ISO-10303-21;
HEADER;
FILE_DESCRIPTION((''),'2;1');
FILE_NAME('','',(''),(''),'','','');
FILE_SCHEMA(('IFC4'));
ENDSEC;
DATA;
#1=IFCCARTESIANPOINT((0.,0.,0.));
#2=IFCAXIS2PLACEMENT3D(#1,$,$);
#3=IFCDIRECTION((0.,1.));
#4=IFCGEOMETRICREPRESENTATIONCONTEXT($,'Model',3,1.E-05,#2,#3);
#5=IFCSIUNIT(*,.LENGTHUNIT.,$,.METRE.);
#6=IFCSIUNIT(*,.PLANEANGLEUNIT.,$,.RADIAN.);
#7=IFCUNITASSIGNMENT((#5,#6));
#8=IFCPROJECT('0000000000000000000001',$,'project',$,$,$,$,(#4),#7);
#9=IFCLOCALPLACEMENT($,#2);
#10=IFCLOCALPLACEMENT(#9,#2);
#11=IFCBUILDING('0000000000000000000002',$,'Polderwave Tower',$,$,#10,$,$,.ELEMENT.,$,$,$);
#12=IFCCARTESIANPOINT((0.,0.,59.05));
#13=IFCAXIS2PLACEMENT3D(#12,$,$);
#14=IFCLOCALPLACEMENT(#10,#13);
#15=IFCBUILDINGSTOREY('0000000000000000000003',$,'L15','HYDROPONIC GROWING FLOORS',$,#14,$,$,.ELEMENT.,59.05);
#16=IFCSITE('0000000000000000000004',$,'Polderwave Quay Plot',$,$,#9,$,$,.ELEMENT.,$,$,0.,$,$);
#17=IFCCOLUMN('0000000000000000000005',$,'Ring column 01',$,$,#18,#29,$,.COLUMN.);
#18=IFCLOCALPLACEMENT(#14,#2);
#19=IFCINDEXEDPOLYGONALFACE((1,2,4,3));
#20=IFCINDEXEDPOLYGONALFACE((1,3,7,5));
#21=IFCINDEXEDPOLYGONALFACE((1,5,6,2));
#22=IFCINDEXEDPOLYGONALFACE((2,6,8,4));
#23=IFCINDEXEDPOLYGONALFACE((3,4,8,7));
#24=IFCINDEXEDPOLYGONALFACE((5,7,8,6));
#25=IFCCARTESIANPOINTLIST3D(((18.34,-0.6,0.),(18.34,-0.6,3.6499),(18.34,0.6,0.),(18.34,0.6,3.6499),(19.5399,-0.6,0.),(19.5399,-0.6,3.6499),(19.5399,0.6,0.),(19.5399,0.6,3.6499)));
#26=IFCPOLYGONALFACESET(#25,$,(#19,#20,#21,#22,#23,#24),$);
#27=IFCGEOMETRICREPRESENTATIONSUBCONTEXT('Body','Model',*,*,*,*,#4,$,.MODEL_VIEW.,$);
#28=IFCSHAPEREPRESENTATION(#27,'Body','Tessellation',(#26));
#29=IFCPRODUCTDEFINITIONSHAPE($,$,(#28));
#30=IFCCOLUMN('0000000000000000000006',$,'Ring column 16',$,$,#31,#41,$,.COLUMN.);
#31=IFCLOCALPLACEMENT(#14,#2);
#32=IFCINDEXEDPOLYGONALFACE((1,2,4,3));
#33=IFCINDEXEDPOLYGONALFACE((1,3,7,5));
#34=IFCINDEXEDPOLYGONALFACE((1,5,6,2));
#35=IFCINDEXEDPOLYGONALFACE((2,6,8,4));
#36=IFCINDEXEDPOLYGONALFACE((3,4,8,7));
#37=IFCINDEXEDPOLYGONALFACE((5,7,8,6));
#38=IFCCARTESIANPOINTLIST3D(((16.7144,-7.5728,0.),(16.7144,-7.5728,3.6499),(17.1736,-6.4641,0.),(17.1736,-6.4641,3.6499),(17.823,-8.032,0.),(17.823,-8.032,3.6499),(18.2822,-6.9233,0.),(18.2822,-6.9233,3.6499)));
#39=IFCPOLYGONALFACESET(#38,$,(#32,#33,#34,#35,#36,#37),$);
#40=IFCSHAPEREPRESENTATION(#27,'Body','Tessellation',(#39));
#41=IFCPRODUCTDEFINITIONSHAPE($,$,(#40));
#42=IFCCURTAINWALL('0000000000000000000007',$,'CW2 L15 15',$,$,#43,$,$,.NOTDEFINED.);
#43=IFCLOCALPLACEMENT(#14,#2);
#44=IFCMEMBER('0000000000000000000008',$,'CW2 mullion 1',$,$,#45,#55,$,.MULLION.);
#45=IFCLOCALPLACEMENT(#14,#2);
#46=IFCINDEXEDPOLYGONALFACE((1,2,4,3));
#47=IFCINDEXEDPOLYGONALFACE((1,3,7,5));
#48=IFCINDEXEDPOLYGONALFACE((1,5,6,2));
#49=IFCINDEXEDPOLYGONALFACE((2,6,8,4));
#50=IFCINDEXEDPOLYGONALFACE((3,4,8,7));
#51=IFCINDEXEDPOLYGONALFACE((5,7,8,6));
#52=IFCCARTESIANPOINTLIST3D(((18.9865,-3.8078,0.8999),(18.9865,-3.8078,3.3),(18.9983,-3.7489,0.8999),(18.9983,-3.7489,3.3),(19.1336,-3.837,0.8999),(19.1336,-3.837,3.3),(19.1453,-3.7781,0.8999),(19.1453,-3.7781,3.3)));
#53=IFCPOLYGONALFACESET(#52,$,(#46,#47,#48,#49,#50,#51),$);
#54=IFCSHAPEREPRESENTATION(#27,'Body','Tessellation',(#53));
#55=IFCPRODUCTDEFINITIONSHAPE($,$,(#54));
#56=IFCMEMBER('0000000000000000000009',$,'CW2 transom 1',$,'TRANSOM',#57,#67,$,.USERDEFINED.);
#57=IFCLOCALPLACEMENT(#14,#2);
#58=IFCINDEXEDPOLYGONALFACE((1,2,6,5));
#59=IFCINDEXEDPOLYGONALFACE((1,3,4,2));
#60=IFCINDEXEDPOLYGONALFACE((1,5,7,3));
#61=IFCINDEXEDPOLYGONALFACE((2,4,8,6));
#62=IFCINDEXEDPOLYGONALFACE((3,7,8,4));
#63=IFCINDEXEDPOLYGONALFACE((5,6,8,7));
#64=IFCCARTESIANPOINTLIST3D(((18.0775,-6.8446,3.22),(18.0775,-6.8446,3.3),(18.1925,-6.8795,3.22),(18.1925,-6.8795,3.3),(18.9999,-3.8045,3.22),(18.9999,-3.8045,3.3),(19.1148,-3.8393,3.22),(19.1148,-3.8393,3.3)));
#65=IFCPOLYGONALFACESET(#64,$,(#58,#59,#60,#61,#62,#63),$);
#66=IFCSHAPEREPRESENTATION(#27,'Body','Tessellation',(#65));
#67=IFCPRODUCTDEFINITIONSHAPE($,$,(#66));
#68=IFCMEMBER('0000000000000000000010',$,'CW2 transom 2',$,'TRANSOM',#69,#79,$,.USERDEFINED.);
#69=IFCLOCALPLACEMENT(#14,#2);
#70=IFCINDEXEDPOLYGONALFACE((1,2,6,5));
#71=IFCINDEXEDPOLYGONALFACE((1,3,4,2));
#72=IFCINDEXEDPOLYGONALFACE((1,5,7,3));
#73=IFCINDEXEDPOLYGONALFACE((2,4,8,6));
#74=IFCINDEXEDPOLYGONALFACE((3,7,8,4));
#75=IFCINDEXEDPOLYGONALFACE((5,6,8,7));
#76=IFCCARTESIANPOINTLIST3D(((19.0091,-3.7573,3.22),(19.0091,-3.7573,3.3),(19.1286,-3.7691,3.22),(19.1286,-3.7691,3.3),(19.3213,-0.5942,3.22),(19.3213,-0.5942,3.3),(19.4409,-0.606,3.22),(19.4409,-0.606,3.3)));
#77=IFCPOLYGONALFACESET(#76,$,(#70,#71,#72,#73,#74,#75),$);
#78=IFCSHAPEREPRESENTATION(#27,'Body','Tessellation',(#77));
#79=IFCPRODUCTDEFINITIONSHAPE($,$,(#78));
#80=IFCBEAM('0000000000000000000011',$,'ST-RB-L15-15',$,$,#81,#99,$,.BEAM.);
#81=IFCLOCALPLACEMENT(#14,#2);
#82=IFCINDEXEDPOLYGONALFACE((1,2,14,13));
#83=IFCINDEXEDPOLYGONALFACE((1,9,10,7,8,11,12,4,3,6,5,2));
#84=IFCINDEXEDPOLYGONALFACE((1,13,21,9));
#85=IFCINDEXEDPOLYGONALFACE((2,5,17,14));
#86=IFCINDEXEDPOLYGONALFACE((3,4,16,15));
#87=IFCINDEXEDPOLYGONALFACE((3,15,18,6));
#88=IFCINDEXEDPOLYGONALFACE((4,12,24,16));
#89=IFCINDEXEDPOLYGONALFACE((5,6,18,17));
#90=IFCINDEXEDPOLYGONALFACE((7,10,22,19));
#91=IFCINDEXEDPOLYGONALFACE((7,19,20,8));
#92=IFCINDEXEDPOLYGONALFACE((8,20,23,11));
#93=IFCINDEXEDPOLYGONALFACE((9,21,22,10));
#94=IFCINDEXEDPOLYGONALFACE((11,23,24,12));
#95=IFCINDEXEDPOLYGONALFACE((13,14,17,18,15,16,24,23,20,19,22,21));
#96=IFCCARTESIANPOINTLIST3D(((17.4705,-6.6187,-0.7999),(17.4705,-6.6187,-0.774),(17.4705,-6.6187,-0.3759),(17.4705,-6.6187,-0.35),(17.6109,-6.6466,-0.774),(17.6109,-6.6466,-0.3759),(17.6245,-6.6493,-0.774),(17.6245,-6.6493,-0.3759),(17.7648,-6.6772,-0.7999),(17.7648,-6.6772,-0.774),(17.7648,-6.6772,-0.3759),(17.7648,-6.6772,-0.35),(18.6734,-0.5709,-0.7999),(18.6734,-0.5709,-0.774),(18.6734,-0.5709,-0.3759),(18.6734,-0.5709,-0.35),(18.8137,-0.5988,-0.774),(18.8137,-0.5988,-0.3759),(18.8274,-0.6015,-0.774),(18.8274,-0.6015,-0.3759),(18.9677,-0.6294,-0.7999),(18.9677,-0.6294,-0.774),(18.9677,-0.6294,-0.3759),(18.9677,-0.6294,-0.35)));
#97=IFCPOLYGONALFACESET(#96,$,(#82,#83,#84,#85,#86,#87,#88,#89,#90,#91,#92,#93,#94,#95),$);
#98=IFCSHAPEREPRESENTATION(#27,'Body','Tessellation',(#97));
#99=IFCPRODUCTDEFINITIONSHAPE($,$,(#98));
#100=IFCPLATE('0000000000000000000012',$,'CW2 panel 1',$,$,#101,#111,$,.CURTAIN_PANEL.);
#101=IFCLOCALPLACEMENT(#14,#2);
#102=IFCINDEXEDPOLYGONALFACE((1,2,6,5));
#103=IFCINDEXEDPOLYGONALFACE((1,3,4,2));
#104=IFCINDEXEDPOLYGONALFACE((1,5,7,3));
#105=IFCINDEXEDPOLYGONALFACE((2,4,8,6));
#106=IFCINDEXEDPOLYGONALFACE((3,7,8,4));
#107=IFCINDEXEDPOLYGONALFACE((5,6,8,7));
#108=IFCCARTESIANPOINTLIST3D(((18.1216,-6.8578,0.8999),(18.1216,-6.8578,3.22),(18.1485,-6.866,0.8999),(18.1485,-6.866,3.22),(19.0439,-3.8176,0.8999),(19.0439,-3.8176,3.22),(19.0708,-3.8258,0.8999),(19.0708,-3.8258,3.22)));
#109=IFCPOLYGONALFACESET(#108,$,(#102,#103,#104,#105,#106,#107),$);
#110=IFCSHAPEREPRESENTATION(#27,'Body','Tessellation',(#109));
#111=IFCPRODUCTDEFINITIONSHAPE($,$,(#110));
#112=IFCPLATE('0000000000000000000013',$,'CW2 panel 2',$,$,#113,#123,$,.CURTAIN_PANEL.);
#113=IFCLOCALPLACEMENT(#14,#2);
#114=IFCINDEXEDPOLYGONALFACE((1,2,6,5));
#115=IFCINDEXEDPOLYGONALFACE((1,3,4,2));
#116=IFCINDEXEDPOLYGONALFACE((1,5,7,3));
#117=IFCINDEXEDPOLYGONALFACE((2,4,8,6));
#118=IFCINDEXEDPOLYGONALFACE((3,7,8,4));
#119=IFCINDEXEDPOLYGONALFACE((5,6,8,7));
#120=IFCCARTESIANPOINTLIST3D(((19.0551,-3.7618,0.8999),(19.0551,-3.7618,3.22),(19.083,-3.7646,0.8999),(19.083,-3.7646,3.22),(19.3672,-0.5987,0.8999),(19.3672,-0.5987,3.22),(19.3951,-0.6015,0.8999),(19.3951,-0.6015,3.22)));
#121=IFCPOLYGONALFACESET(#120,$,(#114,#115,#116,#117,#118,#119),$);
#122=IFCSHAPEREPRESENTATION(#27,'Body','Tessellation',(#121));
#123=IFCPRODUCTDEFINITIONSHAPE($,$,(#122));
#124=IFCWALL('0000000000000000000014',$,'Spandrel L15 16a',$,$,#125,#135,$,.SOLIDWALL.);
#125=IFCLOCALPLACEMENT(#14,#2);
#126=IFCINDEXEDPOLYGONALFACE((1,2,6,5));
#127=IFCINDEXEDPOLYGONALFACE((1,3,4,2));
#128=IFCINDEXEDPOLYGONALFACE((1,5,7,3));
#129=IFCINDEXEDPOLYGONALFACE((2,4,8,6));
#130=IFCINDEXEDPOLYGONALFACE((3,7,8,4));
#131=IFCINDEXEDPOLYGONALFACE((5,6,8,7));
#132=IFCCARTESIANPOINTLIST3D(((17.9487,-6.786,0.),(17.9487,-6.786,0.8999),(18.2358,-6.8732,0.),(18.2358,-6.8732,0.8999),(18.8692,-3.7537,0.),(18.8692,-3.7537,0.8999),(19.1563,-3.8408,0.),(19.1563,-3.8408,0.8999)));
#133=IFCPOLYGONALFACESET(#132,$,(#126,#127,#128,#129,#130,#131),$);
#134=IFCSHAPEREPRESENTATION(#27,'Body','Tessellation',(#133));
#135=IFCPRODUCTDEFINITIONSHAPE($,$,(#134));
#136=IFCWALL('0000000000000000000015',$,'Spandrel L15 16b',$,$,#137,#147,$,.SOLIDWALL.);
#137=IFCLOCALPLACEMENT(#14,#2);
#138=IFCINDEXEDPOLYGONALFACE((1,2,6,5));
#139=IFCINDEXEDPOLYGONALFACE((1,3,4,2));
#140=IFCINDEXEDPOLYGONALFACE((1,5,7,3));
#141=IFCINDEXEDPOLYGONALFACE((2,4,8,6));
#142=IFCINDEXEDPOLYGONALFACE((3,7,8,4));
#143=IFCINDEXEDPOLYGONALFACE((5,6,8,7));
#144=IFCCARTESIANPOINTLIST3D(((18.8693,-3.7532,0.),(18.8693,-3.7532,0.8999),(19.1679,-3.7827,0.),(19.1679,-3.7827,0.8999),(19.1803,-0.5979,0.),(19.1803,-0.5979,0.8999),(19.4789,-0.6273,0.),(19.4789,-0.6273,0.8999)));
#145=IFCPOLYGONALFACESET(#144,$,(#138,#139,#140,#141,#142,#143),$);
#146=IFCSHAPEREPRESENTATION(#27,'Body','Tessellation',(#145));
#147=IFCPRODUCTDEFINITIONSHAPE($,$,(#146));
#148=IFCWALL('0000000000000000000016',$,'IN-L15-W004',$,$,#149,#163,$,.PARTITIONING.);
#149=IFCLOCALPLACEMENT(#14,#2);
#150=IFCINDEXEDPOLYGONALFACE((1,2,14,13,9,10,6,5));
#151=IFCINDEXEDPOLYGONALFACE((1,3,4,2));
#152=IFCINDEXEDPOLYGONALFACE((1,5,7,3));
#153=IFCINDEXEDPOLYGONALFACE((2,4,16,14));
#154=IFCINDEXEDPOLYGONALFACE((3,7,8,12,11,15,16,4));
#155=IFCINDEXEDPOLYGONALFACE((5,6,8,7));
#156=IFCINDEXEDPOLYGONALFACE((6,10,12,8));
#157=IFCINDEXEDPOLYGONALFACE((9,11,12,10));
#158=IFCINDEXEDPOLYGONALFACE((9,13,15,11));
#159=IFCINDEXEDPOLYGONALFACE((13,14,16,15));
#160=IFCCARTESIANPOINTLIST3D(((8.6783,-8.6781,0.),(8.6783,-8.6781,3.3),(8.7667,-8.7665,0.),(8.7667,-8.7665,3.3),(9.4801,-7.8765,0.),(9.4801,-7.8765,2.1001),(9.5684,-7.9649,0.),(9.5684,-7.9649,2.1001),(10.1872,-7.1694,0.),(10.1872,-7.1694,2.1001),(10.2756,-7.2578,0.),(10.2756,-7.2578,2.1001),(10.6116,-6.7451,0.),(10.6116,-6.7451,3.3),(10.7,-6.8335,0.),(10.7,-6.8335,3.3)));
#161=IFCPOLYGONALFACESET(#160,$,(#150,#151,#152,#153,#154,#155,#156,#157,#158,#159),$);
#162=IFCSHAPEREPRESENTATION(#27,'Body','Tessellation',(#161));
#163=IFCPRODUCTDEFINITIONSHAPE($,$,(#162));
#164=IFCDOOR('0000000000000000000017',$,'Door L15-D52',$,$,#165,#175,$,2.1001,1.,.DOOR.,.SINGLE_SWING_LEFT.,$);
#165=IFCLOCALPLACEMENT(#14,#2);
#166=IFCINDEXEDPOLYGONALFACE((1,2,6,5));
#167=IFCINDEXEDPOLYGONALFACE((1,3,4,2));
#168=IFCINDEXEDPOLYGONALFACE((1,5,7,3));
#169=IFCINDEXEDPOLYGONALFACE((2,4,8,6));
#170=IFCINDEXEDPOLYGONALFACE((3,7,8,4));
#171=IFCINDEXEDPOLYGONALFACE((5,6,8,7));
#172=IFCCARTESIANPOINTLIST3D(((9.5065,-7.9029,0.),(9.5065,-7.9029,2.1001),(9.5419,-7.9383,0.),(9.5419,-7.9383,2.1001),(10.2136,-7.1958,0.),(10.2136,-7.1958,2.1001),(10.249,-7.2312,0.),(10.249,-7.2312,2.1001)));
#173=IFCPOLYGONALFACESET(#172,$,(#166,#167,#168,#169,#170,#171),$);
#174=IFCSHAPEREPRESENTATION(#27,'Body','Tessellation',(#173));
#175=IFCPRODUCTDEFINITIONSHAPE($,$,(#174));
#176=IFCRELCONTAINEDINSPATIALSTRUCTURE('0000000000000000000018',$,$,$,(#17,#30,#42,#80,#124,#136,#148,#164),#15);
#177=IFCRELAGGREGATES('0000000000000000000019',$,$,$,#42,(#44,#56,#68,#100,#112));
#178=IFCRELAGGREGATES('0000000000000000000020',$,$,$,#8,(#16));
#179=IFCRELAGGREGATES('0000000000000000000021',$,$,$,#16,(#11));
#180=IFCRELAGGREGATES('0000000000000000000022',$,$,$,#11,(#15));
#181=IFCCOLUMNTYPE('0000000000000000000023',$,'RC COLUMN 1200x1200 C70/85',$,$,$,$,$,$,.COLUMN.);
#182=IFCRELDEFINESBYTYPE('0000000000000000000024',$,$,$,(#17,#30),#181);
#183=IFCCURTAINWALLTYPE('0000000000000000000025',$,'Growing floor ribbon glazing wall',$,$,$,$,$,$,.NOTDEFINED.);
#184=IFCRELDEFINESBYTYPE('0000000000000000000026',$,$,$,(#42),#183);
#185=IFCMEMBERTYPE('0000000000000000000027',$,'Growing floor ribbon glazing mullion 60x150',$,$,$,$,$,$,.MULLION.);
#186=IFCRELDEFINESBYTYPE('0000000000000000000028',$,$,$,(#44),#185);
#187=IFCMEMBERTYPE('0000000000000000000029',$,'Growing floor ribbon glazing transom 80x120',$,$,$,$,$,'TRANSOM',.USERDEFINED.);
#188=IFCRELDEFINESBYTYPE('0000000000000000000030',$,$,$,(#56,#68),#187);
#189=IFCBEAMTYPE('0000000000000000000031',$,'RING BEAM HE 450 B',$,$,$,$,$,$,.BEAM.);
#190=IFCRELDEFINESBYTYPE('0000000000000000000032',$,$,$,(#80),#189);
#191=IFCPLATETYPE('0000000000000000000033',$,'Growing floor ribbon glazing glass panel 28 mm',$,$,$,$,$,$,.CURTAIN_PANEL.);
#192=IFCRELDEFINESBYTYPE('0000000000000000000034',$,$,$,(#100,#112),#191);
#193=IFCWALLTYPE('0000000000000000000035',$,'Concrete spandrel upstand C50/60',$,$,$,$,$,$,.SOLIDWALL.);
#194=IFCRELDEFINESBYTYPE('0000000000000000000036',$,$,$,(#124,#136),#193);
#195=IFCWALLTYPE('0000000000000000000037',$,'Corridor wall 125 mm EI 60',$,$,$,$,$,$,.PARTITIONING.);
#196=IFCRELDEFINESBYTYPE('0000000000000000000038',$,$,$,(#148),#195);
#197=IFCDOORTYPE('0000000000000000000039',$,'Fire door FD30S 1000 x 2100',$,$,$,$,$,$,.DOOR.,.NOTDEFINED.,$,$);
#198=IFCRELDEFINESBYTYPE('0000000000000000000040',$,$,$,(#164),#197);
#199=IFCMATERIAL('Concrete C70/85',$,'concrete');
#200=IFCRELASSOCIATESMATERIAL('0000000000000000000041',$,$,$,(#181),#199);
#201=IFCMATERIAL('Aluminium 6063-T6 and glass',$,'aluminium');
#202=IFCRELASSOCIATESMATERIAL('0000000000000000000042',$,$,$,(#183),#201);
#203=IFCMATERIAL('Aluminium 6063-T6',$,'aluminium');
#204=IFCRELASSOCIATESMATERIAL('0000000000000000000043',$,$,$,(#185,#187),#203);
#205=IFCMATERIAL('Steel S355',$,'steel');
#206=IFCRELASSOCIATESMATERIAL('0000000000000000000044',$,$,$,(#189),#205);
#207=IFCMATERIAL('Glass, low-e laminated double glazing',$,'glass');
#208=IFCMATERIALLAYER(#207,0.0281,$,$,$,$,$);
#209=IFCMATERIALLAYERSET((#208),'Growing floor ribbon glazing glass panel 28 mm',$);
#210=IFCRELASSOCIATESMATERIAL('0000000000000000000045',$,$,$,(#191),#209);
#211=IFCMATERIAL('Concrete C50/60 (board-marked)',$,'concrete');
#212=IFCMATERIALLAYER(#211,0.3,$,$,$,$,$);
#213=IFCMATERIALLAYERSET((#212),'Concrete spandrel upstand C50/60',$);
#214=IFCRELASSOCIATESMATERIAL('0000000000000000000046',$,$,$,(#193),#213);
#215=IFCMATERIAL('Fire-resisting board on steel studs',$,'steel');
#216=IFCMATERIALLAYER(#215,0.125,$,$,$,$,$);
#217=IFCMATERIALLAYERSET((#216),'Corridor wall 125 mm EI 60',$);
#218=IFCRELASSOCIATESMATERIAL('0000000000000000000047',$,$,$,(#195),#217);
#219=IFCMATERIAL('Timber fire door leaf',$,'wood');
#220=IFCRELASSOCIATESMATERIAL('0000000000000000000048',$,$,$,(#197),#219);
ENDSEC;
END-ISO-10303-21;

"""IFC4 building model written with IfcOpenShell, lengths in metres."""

from ifc_helpers import new_model, si_unit, direction, frame, frame_2d, origin, origin_2d, place, context, subcontext, project, spatial, rectangle, i_section, extrude, material, layer, layer_set, material_profile, profile_set, type_object, element, fill, aggregate, save


model = new_model("IFC4")

# Units and contexts
model_context = context("Model", 3, precision=1e-05, world=origin(), true_north=direction((0.0, 1.0)))
body_context = subcontext(model_context, "Body", "Model", "MODEL_VIEW")
ifc_project = project(units=[si_unit("LENGTHUNIT", "METRE"), si_unit("PLANEANGLEUNIT", "RADIAN")], contexts=[model_context])

# Site, building, storey
site_placement = place(None, origin())
site = spatial("IfcSite", under=ifc_project, at=site_placement, Name="Polderwave Quay Plot", CompositionType="ELEMENT", RefElevation=0.0)
building_placement = place(site_placement, origin())
building = spatial("IfcBuilding", under=site, at=building_placement, Name="Polderwave Tower", CompositionType="ELEMENT")
storey_placement = place(building_placement, frame((0.0, 0.0, 59.05)))
storey = spatial("IfcBuildingStorey", under=building, at=storey_placement, Name="L15", Description="HYDROPONIC GROWING FLOORS", CompositionType="ELEMENT", Elevation=59.05)

# Columns
ifc_material_1 = material(Name="Concrete C70/85", Category="concrete")
ifc_material_profile_1 = material_profile(ifc_material_1, rectangle(XDim=1.2, YDim=1.2, at=origin_2d()), Name="RC 1200x1200")
ifc_profile_set_1 = profile_set([ifc_material_profile_1], Name="Concrete C70/85")
column_type = type_object("IfcColumnType", Name="RC COLUMN 1200x1200 C70/85", PredefinedType="COLUMN", material=ifc_profile_set_1)
for number, where, z_axis, x_axis, name in (
    (1, (18.9399, 0.0, 0.0), (0.0, 0.0, 1.0), (1.0, 0.0, 0.0), "Ring column 01"),
    (2, (17.4983, -7.248, 0.0), (0.0, 0.0, 1.0), (0.92388, -0.382683, 0.0), "Ring column 16"),
):
    element("IfcColumn", number, at=place(storey_placement, frame(where, z_axis=z_axis, x_axis=x_axis)), inside=storey, type_object=column_type, Name=name, PredefinedType="COLUMN", context=body_context, shape_type="SweptSolid", body=[
        extrude(rectangle(XDim=1.2, YDim=1.2, at=origin_2d()), origin(), (0.0, 0.0, 1.0), 3.6499),
    ])

# Curtain wall, members
ifc_material_2 = material(Name="Aluminium 6063-T6 and glass", Category="aluminium")
curtain_wall_type = type_object("IfcCurtainWallType", Name="Growing floor ribbon glazing wall", PredefinedType="NOTDEFINED", material=ifc_material_2)
curtain_wall_placement = place(storey_placement, origin())
curtain_wall = element("IfcCurtainWall", 3, at=curtain_wall_placement, inside=storey, type_object=curtain_wall_type, Name="CW2 L15 15", PredefinedType="NOTDEFINED")
ifc_material_3 = material(Name="Aluminium 6063-T6", Category="aluminium")
ifc_material_profile_2 = material_profile(ifc_material_3, rectangle(XDim=0.1499, YDim=0.0601, at=origin_2d()), Name="AL 60x150")
ifc_profile_set_2 = profile_set([ifc_material_profile_2], Name="Aluminium 6063-T6")
member_type_1 = type_object("IfcMemberType", Name="Growing floor ribbon glazing mullion 60x150", PredefinedType="MULLION", material=ifc_profile_set_2)
member_1_placement = place(storey_placement, frame((19.0659, -3.793, 0.8999), z_axis=(0.0, 0.0, 1.0), x_axis=(-0.980769, 0.195172, 0.0)))
member_1 = element("IfcMember", 4, at=member_1_placement, type_object=member_type_1, Name="CW2 mullion 1", PredefinedType="MULLION", context=body_context, shape_type="SweptSolid", body=[
    extrude(rectangle(XDim=0.1499, YDim=0.0601, at=origin_2d()), origin(), (0.0, 0.0, 1.0), 2.4001),
])
ifc_material_profile_3 = material_profile(ifc_material_3, rectangle(XDim=0.1201, YDim=0.0801, at=origin_2d()), Name="AL 80x120")
ifc_profile_set_3 = profile_set([ifc_material_profile_3], Name="Aluminium 6063-T6")
member_type_2 = type_object("IfcMemberType", Name="Growing floor ribbon glazing transom 80x120", ElementType="TRANSOM", PredefinedType="USERDEFINED", material=ifc_profile_set_3)
member_2_placement = place(storey_placement, frame((18.135, -6.8621, 3.26), z_axis=(0.290314, 0.956931, 0.0), x_axis=(-0.956931, 0.290314, 0.0)))
member_2 = element("IfcMember", 5, at=member_2_placement, type_object=member_type_2, Name="CW2 transom 1", ObjectType="TRANSOM", PredefinedType="USERDEFINED", context=body_context, shape_type="SweptSolid", body=[
    extrude(rectangle(XDim=0.1201, YDim=0.0801, at=origin_2d()), origin(), (0.0, 0.0, 1.0), 3.177),
])
member_3_placement = place(storey_placement, frame((19.0688, -3.7632, 3.26), z_axis=(0.098241, 0.995163, 0.0), x_axis=(-0.995163, 0.098241, 0.0)))
member_3 = element("IfcMember", 6, at=member_3_placement, type_object=member_type_2, Name="CW2 transom 2", ObjectType="TRANSOM", PredefinedType="USERDEFINED", context=body_context, shape_type="SweptSolid", body=[
    extrude(rectangle(XDim=0.1201, YDim=0.0801, at=origin_2d()), origin(), (0.0, 0.0, 1.0), 3.1785),
])

# Beam
ifc_material_4 = material(Name="Steel S355", Category="steel")
ifc_material_profile_4 = material_profile(ifc_material_4, i_section(OverallWidth=0.3, OverallDepth=0.45, WebThickness=0.0139, FlangeThickness=0.0259, at=origin_2d()), Name="HE 450 B")
ifc_profile_set_4 = profile_set([ifc_material_profile_4], Name="Steel S355")
beam_type = type_object("IfcBeamType", Name="RING BEAM HE 450 B", PredefinedType="BEAM", material=ifc_profile_set_4)
beam_placement = place(storey_placement, frame((17.6177, -6.6479, -0.575), z_axis=(0.195073, 0.980789, 0.0), x_axis=(-0.980789, 0.195073, 0.0)))
element("IfcBeam", 7, at=beam_placement, inside=storey, type_object=beam_type, Name="ST-RB-L15-15", PredefinedType="BEAM", context=body_context, shape_type="SweptSolid", body=[
    extrude(i_section(OverallWidth=0.3, OverallDepth=0.45, WebThickness=0.0139, FlangeThickness=0.0259, at=origin_2d()), origin(), (0.0, 0.0, 1.0), 6.1663),
])

# Plates
ifc_material_5 = material(Name="Glass, low-e laminated double glazing", Category="glass")
ifc_layer_1 = layer(ifc_material_5, 0.0281)
ifc_layer_set_1 = layer_set([ifc_layer_1], Name="Growing floor ribbon glazing glass panel 28 mm")
plate_type = type_object("IfcPlateType", Name="Growing floor ribbon glazing glass panel 28 mm", PredefinedType="CURTAIN_PANEL", material=ifc_layer_set_1)
plate_1_placement = place(storey_placement, frame((18.5962, -5.3418, 0.8999), z_axis=(0.0, 0.0, 1.0), x_axis=(0.290293, 0.956938, 0.0)))
plate_1 = element("IfcPlate", 8, at=plate_1_placement, type_object=plate_type, Name="CW2 panel 1", PredefinedType="CURTAIN_PANEL", context=body_context, shape_type="SweptSolid", body=[
    extrude(rectangle(XDim=3.177, YDim=0.0281, at=origin_2d()), origin(), (0.0, 0.0, 1.0), 2.3201),
])
plate_2_placement = place(storey_placement, frame((19.2251, -2.1816, 0.8999), z_axis=(0.0, 0.0, 1.0), x_axis=(0.098177, 0.995169, 0.0)))
plate_2 = element("IfcPlate", 9, at=plate_2_placement, type_object=plate_type, Name="CW2 panel 2", PredefinedType="CURTAIN_PANEL", context=body_context, shape_type="SweptSolid", body=[
    extrude(rectangle(XDim=3.1785, YDim=0.0281, at=origin_2d()), origin(), (0.0, 0.0, 1.0), 2.3201),
])
aggregate(curtain_wall, [member_1, member_2, member_3, plate_1, plate_2])

# Walls
ifc_material_6 = material(Name="Concrete C50/60 (board-marked)", Category="concrete")
ifc_layer_2 = layer(ifc_material_6, 0.3)
ifc_layer_set_2 = layer_set([ifc_layer_2], Name="Concrete spandrel upstand C50/60")
wall_type_1 = type_object("IfcWallType", Name="Concrete spandrel upstand C50/60", PredefinedType="SOLIDWALL", material=ifc_layer_set_2)
wall_1_placement = place(storey_placement, frame((18.0923, -6.8296, 0.0), z_axis=(0.0, 0.0, 1.0), x_axis=(0.290456, 0.956888, 0.0)))
element("IfcWall", 10, at=wall_1_placement, inside=storey, type_object=wall_type_1, Name="Spandrel L15 16a", PredefinedType="SOLIDWALL", context=body_context, shape_type="SweptSolid", body=[
    extrude(rectangle(XDim=3.1689, YDim=0.3, at=frame_2d((1.5845, 0.0))), origin(), (0.0, 0.0, 1.0), 0.8999),
])
wall_2_placement = place(storey_placement, frame((19.0186, -3.7681, 0.0), z_axis=(0.0, 0.0, 1.0), x_axis=(0.098101, 0.995176, 0.0)))
element("IfcWall", 11, at=wall_2_placement, inside=storey, type_object=wall_type_1, Name="Spandrel L15 16b", PredefinedType="SOLIDWALL", context=body_context, shape_type="SweptSolid", body=[
    extrude(rectangle(XDim=3.1707, YDim=0.3, at=frame_2d((1.5854, 0.0))), origin(), (0.0, 0.0, 1.0), 0.8999),
])

# Wall, opening, door
ifc_material_7 = material(Name="Fire-resisting board on steel studs", Category="steel")
ifc_layer_3 = layer(ifc_material_7, 0.125)
ifc_layer_set_3 = layer_set([ifc_layer_3], Name="Corridor wall 125 mm EI 60")
wall_type_2 = type_object("IfcWallType", Name="Corridor wall 125 mm EI 60", PredefinedType="PARTITIONING", material=ifc_layer_set_3)
wall_3_placement = place(storey_placement, frame((10.6558, -6.7893, 0.0), z_axis=(0.0, 0.0, 1.0), x_axis=(-0.707151, -0.707062, 0.0)))
wall_3 = element("IfcWall", 12, at=wall_3_placement, inside=storey, type_object=wall_type_2, Name="IN-L15-W004", PredefinedType="PARTITIONING", context=body_context, shape_type="SweptSolid", body=[
    extrude(rectangle(XDim=2.7339, YDim=0.125, at=frame_2d((1.3669, 0.0))), origin(), (0.0, 0.0, 1.0), 3.3),
])
opening_1_placement = place(wall_3_placement, frame((0.6001, 0.0, 0.0)))
opening_1 = element("IfcOpeningElement", 13, at=opening_1_placement, cuts=wall_3, PredefinedType="OPENING", context=body_context, shape_type="SweptSolid", body=[
    extrude(rectangle(XDim=1.0, YDim=2.1001, at=frame_2d((0.5, 1.05))), frame((0.0, 0.0725, 0.0), z_axis=(0.0, -1.0, 0.0), x_axis=(1.0, 0.0, 0.0)), (0.0, 0.0, 1.0), 0.145),
])
ifc_material_8 = material(Name="Timber fire door leaf", Category="wood")
door_type = type_object("IfcDoorType", Name="Fire door FD30S 1000 x 2100", OperationType="NOTDEFINED", PredefinedType="DOOR", material=ifc_material_8)
door_1_placement = place(opening_1_placement, origin())
door_1 = element("IfcDoor", 14, at=door_1_placement, inside=storey, type_object=door_type, Name="Door L15-D52", OperationType="SINGLE_SWING_LEFT", OverallHeight=2.1001, OverallWidth=1.0, PredefinedType="DOOR", context=body_context, shape_type="SweptSolid", body=[
    extrude(rectangle(XDim=1.0, YDim=2.1001, at=frame_2d((0.5, 1.05))), frame((0.0, 0.0249, 0.0), z_axis=(0.0, -1.0, 0.0), x_axis=(1.0, 0.0, 0.0)), (0.0, 0.0, 1.0), 0.05),
])
fill(opening_1, door_1)

save(model, "model.ifc")
